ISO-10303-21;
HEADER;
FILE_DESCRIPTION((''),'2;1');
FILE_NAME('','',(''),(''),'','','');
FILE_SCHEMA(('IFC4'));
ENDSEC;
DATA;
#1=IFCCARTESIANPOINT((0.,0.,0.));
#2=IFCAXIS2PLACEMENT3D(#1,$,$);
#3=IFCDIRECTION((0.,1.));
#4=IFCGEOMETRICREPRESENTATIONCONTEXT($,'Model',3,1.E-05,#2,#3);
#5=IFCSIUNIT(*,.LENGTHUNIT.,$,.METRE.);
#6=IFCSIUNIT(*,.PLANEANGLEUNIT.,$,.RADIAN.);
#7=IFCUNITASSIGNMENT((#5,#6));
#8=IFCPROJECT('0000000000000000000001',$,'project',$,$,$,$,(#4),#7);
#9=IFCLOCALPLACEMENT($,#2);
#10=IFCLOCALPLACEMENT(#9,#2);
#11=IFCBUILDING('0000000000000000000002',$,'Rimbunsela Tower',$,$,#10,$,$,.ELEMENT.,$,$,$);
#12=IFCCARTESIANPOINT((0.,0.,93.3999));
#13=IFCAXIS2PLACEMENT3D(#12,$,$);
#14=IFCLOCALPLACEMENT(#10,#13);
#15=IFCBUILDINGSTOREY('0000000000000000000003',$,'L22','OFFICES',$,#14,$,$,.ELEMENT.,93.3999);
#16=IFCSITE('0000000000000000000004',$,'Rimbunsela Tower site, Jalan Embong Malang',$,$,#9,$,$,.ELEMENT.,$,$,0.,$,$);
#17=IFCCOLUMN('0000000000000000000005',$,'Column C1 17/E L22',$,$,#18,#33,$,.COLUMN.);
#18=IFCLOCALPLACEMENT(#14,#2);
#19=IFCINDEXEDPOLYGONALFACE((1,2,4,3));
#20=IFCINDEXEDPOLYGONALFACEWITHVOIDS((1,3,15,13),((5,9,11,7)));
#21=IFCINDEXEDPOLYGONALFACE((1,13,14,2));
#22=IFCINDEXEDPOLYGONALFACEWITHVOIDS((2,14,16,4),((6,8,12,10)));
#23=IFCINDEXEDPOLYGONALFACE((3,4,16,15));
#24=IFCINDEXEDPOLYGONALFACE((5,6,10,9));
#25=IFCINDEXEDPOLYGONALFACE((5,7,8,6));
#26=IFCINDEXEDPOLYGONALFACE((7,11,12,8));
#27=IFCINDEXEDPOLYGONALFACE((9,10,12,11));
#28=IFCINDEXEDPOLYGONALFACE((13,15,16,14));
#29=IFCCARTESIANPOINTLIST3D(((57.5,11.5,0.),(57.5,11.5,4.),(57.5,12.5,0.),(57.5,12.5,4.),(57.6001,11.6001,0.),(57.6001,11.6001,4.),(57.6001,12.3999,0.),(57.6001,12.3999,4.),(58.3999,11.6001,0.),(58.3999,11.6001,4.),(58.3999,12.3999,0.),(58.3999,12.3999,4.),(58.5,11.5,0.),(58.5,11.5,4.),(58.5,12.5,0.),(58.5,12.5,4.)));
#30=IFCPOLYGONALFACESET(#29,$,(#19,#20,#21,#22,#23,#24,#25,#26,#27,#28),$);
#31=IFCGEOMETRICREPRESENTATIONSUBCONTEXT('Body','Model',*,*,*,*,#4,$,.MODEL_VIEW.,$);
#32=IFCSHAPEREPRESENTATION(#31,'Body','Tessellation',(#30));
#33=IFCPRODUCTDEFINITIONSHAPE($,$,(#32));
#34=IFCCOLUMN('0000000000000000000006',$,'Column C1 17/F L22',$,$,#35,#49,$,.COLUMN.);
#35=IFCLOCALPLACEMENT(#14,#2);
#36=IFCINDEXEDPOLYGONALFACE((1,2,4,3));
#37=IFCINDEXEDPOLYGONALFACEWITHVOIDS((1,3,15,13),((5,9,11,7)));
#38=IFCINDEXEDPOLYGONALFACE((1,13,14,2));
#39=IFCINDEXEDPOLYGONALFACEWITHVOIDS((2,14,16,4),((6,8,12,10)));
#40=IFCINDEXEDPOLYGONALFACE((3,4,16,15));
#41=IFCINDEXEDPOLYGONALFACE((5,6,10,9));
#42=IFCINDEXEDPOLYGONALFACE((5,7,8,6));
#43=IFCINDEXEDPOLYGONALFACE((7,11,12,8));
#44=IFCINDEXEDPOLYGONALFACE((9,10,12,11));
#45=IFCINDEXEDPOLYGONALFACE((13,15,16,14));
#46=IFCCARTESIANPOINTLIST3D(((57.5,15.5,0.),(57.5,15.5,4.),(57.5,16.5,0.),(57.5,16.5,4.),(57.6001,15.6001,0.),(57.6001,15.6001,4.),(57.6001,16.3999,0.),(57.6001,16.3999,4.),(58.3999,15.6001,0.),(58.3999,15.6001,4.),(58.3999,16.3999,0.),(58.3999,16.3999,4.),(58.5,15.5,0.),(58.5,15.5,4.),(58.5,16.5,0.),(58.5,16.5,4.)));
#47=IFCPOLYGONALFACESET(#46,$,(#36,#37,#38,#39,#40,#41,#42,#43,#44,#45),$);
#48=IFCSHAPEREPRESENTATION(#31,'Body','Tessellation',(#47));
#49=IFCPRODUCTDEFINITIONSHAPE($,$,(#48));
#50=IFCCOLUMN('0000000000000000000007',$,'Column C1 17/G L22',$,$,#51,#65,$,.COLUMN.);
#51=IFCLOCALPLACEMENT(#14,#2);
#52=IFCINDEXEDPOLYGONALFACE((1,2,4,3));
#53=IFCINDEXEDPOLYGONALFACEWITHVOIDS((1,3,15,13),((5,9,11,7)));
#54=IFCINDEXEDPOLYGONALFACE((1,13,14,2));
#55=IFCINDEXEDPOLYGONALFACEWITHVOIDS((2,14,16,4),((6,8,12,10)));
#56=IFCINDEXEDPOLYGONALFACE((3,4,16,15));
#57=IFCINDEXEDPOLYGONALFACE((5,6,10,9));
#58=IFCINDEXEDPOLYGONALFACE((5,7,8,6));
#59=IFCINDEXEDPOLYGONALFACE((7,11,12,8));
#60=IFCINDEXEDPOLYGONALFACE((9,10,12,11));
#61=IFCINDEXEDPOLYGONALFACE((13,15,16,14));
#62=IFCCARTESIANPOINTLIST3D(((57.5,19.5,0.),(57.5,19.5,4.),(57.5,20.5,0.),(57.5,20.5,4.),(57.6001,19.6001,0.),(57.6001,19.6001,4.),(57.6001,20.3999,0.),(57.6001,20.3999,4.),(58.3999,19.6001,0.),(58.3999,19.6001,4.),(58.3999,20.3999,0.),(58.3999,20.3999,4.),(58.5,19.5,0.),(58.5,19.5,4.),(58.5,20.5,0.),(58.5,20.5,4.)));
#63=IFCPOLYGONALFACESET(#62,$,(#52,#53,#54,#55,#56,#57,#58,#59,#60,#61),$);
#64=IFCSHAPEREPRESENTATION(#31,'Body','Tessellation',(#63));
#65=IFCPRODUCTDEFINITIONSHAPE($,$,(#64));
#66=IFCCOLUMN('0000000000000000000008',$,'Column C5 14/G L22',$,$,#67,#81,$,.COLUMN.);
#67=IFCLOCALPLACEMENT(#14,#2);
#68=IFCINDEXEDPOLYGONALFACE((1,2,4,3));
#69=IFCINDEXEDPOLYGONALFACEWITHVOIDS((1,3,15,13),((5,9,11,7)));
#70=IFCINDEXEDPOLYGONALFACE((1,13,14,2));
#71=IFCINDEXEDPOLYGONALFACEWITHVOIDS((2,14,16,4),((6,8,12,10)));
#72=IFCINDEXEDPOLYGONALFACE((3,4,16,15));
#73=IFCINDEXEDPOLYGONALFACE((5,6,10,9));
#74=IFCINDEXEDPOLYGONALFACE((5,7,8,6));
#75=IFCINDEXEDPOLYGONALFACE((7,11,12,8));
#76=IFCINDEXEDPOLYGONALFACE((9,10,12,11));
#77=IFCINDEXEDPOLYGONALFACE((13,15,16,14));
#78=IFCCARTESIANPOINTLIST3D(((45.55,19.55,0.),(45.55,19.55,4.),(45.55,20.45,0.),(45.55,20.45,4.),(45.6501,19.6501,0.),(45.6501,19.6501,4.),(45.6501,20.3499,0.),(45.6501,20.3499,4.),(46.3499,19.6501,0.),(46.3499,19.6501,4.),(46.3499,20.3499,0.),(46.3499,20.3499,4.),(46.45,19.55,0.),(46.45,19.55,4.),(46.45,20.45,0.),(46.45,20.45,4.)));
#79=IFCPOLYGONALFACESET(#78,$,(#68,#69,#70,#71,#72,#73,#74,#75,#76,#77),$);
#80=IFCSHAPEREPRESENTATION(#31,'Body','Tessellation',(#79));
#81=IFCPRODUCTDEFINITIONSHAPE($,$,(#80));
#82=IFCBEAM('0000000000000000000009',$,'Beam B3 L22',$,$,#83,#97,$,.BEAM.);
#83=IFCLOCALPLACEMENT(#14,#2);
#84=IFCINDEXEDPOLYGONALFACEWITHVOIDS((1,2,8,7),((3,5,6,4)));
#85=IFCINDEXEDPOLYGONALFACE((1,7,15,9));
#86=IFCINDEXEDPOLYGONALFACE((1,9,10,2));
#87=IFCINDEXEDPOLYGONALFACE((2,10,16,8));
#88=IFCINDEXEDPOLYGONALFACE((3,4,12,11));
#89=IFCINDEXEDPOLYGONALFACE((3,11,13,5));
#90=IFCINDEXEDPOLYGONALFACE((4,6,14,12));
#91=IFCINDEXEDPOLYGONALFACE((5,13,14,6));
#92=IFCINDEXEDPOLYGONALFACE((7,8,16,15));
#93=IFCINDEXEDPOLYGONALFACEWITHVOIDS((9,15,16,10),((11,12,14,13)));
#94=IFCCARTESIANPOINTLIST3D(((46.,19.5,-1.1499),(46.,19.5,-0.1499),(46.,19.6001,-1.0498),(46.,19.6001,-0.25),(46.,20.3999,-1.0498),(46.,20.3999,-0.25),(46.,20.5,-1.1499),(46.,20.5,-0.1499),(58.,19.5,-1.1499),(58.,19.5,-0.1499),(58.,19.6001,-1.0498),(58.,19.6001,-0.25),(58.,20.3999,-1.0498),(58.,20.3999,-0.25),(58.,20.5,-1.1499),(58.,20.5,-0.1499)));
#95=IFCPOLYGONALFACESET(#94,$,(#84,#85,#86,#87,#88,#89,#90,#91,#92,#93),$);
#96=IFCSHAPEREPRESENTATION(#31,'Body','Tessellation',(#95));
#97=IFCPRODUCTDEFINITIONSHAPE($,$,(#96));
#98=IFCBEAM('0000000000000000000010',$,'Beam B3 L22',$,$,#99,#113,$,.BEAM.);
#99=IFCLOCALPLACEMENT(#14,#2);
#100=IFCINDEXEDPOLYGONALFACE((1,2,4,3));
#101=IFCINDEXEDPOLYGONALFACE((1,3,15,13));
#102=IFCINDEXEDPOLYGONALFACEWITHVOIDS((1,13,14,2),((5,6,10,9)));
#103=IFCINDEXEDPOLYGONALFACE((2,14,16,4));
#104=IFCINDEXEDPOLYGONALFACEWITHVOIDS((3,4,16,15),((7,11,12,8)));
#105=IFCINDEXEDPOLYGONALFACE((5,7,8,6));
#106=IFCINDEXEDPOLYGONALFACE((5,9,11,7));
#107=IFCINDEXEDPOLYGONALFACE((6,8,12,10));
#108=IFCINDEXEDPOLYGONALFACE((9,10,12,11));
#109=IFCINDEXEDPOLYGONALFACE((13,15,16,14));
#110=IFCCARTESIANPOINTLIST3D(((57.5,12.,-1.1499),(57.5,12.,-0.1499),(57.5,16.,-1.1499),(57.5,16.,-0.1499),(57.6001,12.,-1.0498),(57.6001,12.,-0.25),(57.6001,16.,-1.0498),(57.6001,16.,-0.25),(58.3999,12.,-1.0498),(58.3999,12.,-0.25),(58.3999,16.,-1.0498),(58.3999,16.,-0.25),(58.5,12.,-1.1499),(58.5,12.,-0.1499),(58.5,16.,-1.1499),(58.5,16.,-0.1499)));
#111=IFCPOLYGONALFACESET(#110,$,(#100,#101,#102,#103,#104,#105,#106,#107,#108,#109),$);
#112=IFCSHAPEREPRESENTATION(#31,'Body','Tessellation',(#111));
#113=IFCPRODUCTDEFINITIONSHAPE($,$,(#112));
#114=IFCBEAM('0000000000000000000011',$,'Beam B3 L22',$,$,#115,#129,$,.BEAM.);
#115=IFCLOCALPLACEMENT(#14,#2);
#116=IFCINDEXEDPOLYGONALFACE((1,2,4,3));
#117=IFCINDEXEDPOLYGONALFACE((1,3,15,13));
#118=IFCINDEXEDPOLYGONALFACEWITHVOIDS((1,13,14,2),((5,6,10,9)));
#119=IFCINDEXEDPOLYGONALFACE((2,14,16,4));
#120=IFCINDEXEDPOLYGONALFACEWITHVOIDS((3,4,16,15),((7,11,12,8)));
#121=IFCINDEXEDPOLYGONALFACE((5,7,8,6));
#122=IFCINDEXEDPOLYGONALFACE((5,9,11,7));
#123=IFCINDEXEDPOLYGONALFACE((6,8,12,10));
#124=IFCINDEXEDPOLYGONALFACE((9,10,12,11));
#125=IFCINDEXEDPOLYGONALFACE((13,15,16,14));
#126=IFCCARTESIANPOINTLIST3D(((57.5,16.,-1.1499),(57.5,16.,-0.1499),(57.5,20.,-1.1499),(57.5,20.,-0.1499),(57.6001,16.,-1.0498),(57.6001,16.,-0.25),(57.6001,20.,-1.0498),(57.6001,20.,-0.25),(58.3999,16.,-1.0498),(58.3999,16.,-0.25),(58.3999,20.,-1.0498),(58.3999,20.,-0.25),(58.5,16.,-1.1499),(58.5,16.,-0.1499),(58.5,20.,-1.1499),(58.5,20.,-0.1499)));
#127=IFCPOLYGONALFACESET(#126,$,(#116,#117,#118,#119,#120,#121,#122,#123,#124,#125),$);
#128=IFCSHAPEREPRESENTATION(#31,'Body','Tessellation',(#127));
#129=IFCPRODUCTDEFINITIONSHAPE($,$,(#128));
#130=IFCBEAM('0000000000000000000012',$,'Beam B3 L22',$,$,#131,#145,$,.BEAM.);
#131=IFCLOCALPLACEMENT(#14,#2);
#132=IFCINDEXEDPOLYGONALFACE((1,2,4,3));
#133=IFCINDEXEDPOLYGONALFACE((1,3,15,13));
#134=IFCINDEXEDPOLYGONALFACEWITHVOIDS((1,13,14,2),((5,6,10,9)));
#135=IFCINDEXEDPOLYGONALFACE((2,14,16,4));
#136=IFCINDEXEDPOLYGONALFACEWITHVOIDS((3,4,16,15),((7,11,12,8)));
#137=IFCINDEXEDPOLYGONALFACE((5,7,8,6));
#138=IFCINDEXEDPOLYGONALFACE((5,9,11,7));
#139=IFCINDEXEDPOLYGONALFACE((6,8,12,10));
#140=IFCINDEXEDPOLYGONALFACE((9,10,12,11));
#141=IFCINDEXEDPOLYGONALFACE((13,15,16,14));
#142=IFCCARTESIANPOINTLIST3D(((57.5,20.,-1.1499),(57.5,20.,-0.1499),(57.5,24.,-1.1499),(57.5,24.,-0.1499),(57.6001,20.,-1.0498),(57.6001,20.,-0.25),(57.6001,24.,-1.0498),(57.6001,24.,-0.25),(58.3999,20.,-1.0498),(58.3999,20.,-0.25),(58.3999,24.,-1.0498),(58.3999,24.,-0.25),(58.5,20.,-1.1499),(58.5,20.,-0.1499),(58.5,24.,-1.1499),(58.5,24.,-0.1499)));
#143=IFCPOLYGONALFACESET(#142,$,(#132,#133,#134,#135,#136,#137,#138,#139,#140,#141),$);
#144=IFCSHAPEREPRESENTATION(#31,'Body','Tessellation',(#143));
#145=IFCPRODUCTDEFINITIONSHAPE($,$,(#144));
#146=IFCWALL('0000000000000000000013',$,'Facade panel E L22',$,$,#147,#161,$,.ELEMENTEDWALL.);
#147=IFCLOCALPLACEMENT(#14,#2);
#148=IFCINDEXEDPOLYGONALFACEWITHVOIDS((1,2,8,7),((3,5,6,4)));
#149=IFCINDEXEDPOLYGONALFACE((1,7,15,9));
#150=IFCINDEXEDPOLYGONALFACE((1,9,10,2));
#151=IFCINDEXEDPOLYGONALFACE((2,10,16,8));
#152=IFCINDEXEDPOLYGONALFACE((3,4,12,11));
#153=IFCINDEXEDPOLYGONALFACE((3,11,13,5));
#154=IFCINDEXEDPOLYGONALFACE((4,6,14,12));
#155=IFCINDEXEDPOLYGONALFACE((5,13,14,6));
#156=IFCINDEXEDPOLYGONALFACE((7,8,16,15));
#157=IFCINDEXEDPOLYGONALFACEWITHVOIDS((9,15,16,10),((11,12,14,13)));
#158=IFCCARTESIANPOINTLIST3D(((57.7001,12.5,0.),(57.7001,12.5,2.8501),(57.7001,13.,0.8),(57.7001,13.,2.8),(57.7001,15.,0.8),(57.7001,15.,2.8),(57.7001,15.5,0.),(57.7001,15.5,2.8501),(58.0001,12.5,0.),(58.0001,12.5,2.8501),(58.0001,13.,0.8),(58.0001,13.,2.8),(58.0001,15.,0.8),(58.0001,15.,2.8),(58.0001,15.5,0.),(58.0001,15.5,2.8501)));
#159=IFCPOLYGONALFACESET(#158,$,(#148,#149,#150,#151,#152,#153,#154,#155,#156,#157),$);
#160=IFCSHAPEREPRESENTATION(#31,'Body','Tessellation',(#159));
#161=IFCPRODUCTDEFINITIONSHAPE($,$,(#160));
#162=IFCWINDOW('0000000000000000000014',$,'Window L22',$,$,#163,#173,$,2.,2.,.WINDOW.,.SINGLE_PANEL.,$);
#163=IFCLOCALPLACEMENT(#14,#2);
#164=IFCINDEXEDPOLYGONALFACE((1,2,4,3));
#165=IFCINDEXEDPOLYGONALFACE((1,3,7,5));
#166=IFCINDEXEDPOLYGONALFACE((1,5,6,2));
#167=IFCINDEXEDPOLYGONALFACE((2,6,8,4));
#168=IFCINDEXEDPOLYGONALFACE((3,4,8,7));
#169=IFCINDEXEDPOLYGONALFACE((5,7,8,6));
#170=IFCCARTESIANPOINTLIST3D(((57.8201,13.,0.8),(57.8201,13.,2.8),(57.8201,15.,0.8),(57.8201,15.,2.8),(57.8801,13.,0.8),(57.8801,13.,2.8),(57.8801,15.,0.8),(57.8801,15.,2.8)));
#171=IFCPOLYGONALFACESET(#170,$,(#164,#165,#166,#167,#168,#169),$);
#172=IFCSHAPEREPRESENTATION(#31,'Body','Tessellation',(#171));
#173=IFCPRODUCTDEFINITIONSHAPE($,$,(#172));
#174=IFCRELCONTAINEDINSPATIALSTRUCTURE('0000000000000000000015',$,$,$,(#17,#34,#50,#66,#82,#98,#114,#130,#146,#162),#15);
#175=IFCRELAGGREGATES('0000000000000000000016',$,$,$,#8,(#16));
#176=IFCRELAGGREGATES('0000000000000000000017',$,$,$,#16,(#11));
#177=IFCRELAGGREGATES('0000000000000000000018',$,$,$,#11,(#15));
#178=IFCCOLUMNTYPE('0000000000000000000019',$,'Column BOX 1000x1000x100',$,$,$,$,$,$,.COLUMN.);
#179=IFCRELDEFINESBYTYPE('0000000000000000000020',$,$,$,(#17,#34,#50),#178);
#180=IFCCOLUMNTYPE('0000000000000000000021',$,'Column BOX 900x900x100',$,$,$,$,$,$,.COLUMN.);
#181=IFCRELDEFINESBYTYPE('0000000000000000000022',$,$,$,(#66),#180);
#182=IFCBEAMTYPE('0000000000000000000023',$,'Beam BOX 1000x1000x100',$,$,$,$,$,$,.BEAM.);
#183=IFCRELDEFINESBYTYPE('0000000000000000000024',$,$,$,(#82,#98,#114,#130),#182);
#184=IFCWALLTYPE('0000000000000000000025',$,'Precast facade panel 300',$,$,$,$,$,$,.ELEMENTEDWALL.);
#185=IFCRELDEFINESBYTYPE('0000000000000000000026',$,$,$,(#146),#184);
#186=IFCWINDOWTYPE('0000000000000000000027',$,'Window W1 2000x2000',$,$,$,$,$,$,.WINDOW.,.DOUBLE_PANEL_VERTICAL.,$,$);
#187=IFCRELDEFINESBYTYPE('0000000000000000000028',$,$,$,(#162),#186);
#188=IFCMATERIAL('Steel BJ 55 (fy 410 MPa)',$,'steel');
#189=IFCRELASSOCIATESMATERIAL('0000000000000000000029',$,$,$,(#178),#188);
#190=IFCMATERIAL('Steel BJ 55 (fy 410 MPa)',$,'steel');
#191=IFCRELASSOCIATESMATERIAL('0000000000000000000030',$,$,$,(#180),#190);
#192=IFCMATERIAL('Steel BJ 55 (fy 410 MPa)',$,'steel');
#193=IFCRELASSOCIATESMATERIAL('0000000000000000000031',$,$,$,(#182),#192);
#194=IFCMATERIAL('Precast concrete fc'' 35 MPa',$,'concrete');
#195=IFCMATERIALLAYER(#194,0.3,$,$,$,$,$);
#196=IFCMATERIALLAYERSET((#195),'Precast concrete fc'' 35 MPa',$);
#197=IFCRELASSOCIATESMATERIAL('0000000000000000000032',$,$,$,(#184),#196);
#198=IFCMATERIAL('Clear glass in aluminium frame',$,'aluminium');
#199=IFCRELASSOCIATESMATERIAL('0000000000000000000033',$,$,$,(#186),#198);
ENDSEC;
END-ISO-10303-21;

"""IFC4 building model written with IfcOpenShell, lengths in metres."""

from ifc_helpers import new_model, si_unit, direction, frame, frame_2d, origin, origin_2d, place, context, subcontext, project, spatial, rectangle, hollow_rectangle, extrude, material, layer, layer_set, material_profile, profile_set, type_object, element, fill, save


model = new_model("IFC4")

# Units and contexts
model_context = context("Model", 3, precision=1e-05, world=origin(), true_north=direction((0.0, 1.0)))
body_context = subcontext(model_context, "Body", "Model", "MODEL_VIEW")
ifc_project = project(units=[si_unit("LENGTHUNIT", "METRE"), si_unit("PLANEANGLEUNIT", "RADIAN")], contexts=[model_context])

# Site, building, storey
site_placement = place(None, origin())
site = spatial("IfcSite", under=ifc_project, at=site_placement, Name="Rimbunsela Tower site, Jalan Embong Malang", CompositionType="ELEMENT", RefElevation=0.0)
building_placement = place(site_placement, origin())
building = spatial("IfcBuilding", under=site, at=building_placement, Name="Rimbunsela Tower", CompositionType="ELEMENT")
storey_placement = place(building_placement, frame((0.0, 0.0, 93.3999)))
storey = spatial("IfcBuildingStorey", under=building, at=storey_placement, Name="L22", Description="OFFICES", CompositionType="ELEMENT", Elevation=93.3999)

# Columns
ifc_material_1 = material(Name="Steel BJ 55 (fy 410 MPa)", Category="steel")
ifc_material_profile_1 = material_profile(ifc_material_1, hollow_rectangle(XDim=1.0, YDim=1.0, WallThickness=0.1001, at=origin_2d()), Name="BOX 1000x1000x100")
ifc_profile_set_1 = profile_set([ifc_material_profile_1], Name="Steel BJ 55 (fy 410 MPa)")
column_type_1 = type_object("IfcColumnType", Name="Column BOX 1000x1000x100", PredefinedType="COLUMN", material=ifc_profile_set_1)
for number, where, z_axis, x_axis, name in (
    (1, (58.0, 12.0, 0.0), (0.0, 0.0, 1.0), (1.0, 0.0, 0.0), "Column C1 17/E L22"),
    (2, (58.0, 16.0, 0.0), (0.0, 0.0, 1.0), (1.0, 0.0, 0.0), "Column C1 17/F L22"),
    (3, (58.0, 20.0, 0.0), (0.0, 0.0, 1.0), (1.0, 0.0, 0.0), "Column C1 17/G L22"),
):
    element("IfcColumn", number, at=place(storey_placement, frame(where, z_axis=z_axis, x_axis=x_axis)), inside=storey, type_object=column_type_1, Name=name, PredefinedType="COLUMN", context=body_context, shape_type="SweptSolid", body=[
        extrude(hollow_rectangle(XDim=1.0, YDim=1.0, WallThickness=0.1001, at=origin_2d()), origin(), (0.0, 0.0, 1.0), 4.0),
    ])
ifc_material_2 = material(Name="Steel BJ 55 (fy 410 MPa)", Category="steel")
ifc_material_profile_2 = material_profile(ifc_material_2, hollow_rectangle(XDim=0.8999, YDim=0.8999, WallThickness=0.1001, at=origin_2d()), Name="BOX 900x900x100")
ifc_profile_set_2 = profile_set([ifc_material_profile_2], Name="Steel BJ 55 (fy 410 MPa)")
column_type_2 = type_object("IfcColumnType", Name="Column BOX 900x900x100", PredefinedType="COLUMN", material=ifc_profile_set_2)
column_placement = place(storey_placement, frame((46.0, 20.0, 0.0), z_axis=(0.0, 0.0, 1.0), x_axis=(1.0, 0.0, 0.0)))
element("IfcColumn", 4, at=column_placement, inside=storey, type_object=column_type_2, Name="Column C5 14/G L22", PredefinedType="COLUMN", context=body_context, shape_type="SweptSolid", body=[
    extrude(hollow_rectangle(XDim=0.8999, YDim=0.8999, WallThickness=0.1001, at=origin_2d()), origin(), (0.0, 0.0, 1.0), 4.0),
])

# Beams
ifc_material_3 = material(Name="Steel BJ 55 (fy 410 MPa)", Category="steel")
ifc_material_profile_3 = material_profile(ifc_material_3, hollow_rectangle(XDim=1.0, YDim=1.0, WallThickness=0.1001, at=origin_2d()), Name="BOX 1000x1000x100")
ifc_profile_set_3 = profile_set([ifc_material_profile_3], Name="Steel BJ 55 (fy 410 MPa)")
beam_type = type_object("IfcBeamType", Name="Beam BOX 1000x1000x100", PredefinedType="BEAM", material=ifc_profile_set_3)
beam_placement = place(storey_placement, frame((46.0, 20.0, -0.6499), z_axis=(1.0, 0.0, 0.0), x_axis=(0.0, 1.0, 0.0)))
element("IfcBeam", 5, at=beam_placement, inside=storey, type_object=beam_type, Name="Beam B3 L22", PredefinedType="BEAM", context=body_context, shape_type="SweptSolid", body=[
    extrude(hollow_rectangle(XDim=1.0, YDim=1.0, WallThickness=0.1001, at=origin_2d()), origin(), (0.0, 0.0, 1.0), 12.0),
])
for number, where, z_axis, x_axis, name in (
    (6, (58.0, 12.0, -0.6499), (0.0, 1.0, 0.0), (-1.0, 0.0, 0.0), "Beam B3 L22"),
    (7, (58.0, 16.0, -0.6499), (0.0, 1.0, 0.0), (-1.0, 0.0, 0.0), "Beam B3 L22"),
    (8, (58.0, 20.0, -0.6499), (0.0, 1.0, 0.0), (-1.0, 0.0, 0.0), "Beam B3 L22"),
):
    element("IfcBeam", number, at=place(storey_placement, frame(where, z_axis=z_axis, x_axis=x_axis)), inside=storey, type_object=beam_type, Name=name, PredefinedType="BEAM", context=body_context, shape_type="SweptSolid", body=[
        extrude(hollow_rectangle(XDim=1.0, YDim=1.0, WallThickness=0.1001, at=origin_2d()), origin(), (0.0, 0.0, 1.0), 4.0),
    ])

# Wall, opening, window
ifc_material_4 = material(Name="Precast concrete fc' 35 MPa", Category="concrete")
ifc_layer_1 = layer(ifc_material_4, 0.3)
ifc_layer_set_1 = layer_set([ifc_layer_1], Name="Precast concrete fc' 35 MPa")
wall_type = type_object("IfcWallType", Name="Precast facade panel 300", PredefinedType="ELEMENTEDWALL", material=ifc_layer_set_1)
wall_1_placement = place(storey_placement, frame((57.8501, 12.5, 0.0), z_axis=(0.0, 0.0, 1.0), x_axis=(0.0, 1.0, 0.0)))
wall_1 = element("IfcWall", 9, at=wall_1_placement, inside=storey, type_object=wall_type, Name="Facade panel E L22", PredefinedType="ELEMENTEDWALL", context=body_context, shape_type="SweptSolid", body=[
    extrude(rectangle(XDim=3.0, YDim=0.3, at=frame_2d((1.5, 0.0))), origin(), (0.0, 0.0, 1.0), 2.8501),
])
opening_1_placement = place(wall_1_placement, frame((0.5, 0.0, 0.8)))
opening_1 = element("IfcOpeningElement", 10, at=opening_1_placement, cuts=wall_1, PredefinedType="OPENING", context=body_context, shape_type="SweptSolid", body=[
    extrude(rectangle(XDim=2.0, YDim=2.0, at=frame_2d((1.0, 1.0))), frame((0.0, 0.1599, 0.0), z_axis=(0.0, -1.0, 0.0), x_axis=(1.0, 0.0, 0.0)), (0.0, 0.0, 1.0), 0.3201),
])
ifc_material_5 = material(Name="Clear glass in aluminium frame", Category="aluminium")
window_type = type_object("IfcWindowType", Name="Window W1 2000x2000", PartitioningType="DOUBLE_PANEL_VERTICAL", PredefinedType="WINDOW", material=ifc_material_5)
window_1_placement = place(opening_1_placement, origin())
window_1 = element("IfcWindow", 11, at=window_1_placement, inside=storey, type_object=window_type, Name="Window L22", OverallHeight=2.0, OverallWidth=2.0, PartitioningType="SINGLE_PANEL", PredefinedType="WINDOW", context=body_context, shape_type="SweptSolid", body=[
    extrude(rectangle(XDim=2.0, YDim=2.0, at=frame_2d((1.0, 1.0))), frame((0.0, 0.03, 0.0), z_axis=(0.0, -1.0, 0.0), x_axis=(1.0, 0.0, 0.0)), (0.0, 0.0, 1.0), 0.0601),
])
fill(opening_1, window_1)

save(model, "model.ifc")
